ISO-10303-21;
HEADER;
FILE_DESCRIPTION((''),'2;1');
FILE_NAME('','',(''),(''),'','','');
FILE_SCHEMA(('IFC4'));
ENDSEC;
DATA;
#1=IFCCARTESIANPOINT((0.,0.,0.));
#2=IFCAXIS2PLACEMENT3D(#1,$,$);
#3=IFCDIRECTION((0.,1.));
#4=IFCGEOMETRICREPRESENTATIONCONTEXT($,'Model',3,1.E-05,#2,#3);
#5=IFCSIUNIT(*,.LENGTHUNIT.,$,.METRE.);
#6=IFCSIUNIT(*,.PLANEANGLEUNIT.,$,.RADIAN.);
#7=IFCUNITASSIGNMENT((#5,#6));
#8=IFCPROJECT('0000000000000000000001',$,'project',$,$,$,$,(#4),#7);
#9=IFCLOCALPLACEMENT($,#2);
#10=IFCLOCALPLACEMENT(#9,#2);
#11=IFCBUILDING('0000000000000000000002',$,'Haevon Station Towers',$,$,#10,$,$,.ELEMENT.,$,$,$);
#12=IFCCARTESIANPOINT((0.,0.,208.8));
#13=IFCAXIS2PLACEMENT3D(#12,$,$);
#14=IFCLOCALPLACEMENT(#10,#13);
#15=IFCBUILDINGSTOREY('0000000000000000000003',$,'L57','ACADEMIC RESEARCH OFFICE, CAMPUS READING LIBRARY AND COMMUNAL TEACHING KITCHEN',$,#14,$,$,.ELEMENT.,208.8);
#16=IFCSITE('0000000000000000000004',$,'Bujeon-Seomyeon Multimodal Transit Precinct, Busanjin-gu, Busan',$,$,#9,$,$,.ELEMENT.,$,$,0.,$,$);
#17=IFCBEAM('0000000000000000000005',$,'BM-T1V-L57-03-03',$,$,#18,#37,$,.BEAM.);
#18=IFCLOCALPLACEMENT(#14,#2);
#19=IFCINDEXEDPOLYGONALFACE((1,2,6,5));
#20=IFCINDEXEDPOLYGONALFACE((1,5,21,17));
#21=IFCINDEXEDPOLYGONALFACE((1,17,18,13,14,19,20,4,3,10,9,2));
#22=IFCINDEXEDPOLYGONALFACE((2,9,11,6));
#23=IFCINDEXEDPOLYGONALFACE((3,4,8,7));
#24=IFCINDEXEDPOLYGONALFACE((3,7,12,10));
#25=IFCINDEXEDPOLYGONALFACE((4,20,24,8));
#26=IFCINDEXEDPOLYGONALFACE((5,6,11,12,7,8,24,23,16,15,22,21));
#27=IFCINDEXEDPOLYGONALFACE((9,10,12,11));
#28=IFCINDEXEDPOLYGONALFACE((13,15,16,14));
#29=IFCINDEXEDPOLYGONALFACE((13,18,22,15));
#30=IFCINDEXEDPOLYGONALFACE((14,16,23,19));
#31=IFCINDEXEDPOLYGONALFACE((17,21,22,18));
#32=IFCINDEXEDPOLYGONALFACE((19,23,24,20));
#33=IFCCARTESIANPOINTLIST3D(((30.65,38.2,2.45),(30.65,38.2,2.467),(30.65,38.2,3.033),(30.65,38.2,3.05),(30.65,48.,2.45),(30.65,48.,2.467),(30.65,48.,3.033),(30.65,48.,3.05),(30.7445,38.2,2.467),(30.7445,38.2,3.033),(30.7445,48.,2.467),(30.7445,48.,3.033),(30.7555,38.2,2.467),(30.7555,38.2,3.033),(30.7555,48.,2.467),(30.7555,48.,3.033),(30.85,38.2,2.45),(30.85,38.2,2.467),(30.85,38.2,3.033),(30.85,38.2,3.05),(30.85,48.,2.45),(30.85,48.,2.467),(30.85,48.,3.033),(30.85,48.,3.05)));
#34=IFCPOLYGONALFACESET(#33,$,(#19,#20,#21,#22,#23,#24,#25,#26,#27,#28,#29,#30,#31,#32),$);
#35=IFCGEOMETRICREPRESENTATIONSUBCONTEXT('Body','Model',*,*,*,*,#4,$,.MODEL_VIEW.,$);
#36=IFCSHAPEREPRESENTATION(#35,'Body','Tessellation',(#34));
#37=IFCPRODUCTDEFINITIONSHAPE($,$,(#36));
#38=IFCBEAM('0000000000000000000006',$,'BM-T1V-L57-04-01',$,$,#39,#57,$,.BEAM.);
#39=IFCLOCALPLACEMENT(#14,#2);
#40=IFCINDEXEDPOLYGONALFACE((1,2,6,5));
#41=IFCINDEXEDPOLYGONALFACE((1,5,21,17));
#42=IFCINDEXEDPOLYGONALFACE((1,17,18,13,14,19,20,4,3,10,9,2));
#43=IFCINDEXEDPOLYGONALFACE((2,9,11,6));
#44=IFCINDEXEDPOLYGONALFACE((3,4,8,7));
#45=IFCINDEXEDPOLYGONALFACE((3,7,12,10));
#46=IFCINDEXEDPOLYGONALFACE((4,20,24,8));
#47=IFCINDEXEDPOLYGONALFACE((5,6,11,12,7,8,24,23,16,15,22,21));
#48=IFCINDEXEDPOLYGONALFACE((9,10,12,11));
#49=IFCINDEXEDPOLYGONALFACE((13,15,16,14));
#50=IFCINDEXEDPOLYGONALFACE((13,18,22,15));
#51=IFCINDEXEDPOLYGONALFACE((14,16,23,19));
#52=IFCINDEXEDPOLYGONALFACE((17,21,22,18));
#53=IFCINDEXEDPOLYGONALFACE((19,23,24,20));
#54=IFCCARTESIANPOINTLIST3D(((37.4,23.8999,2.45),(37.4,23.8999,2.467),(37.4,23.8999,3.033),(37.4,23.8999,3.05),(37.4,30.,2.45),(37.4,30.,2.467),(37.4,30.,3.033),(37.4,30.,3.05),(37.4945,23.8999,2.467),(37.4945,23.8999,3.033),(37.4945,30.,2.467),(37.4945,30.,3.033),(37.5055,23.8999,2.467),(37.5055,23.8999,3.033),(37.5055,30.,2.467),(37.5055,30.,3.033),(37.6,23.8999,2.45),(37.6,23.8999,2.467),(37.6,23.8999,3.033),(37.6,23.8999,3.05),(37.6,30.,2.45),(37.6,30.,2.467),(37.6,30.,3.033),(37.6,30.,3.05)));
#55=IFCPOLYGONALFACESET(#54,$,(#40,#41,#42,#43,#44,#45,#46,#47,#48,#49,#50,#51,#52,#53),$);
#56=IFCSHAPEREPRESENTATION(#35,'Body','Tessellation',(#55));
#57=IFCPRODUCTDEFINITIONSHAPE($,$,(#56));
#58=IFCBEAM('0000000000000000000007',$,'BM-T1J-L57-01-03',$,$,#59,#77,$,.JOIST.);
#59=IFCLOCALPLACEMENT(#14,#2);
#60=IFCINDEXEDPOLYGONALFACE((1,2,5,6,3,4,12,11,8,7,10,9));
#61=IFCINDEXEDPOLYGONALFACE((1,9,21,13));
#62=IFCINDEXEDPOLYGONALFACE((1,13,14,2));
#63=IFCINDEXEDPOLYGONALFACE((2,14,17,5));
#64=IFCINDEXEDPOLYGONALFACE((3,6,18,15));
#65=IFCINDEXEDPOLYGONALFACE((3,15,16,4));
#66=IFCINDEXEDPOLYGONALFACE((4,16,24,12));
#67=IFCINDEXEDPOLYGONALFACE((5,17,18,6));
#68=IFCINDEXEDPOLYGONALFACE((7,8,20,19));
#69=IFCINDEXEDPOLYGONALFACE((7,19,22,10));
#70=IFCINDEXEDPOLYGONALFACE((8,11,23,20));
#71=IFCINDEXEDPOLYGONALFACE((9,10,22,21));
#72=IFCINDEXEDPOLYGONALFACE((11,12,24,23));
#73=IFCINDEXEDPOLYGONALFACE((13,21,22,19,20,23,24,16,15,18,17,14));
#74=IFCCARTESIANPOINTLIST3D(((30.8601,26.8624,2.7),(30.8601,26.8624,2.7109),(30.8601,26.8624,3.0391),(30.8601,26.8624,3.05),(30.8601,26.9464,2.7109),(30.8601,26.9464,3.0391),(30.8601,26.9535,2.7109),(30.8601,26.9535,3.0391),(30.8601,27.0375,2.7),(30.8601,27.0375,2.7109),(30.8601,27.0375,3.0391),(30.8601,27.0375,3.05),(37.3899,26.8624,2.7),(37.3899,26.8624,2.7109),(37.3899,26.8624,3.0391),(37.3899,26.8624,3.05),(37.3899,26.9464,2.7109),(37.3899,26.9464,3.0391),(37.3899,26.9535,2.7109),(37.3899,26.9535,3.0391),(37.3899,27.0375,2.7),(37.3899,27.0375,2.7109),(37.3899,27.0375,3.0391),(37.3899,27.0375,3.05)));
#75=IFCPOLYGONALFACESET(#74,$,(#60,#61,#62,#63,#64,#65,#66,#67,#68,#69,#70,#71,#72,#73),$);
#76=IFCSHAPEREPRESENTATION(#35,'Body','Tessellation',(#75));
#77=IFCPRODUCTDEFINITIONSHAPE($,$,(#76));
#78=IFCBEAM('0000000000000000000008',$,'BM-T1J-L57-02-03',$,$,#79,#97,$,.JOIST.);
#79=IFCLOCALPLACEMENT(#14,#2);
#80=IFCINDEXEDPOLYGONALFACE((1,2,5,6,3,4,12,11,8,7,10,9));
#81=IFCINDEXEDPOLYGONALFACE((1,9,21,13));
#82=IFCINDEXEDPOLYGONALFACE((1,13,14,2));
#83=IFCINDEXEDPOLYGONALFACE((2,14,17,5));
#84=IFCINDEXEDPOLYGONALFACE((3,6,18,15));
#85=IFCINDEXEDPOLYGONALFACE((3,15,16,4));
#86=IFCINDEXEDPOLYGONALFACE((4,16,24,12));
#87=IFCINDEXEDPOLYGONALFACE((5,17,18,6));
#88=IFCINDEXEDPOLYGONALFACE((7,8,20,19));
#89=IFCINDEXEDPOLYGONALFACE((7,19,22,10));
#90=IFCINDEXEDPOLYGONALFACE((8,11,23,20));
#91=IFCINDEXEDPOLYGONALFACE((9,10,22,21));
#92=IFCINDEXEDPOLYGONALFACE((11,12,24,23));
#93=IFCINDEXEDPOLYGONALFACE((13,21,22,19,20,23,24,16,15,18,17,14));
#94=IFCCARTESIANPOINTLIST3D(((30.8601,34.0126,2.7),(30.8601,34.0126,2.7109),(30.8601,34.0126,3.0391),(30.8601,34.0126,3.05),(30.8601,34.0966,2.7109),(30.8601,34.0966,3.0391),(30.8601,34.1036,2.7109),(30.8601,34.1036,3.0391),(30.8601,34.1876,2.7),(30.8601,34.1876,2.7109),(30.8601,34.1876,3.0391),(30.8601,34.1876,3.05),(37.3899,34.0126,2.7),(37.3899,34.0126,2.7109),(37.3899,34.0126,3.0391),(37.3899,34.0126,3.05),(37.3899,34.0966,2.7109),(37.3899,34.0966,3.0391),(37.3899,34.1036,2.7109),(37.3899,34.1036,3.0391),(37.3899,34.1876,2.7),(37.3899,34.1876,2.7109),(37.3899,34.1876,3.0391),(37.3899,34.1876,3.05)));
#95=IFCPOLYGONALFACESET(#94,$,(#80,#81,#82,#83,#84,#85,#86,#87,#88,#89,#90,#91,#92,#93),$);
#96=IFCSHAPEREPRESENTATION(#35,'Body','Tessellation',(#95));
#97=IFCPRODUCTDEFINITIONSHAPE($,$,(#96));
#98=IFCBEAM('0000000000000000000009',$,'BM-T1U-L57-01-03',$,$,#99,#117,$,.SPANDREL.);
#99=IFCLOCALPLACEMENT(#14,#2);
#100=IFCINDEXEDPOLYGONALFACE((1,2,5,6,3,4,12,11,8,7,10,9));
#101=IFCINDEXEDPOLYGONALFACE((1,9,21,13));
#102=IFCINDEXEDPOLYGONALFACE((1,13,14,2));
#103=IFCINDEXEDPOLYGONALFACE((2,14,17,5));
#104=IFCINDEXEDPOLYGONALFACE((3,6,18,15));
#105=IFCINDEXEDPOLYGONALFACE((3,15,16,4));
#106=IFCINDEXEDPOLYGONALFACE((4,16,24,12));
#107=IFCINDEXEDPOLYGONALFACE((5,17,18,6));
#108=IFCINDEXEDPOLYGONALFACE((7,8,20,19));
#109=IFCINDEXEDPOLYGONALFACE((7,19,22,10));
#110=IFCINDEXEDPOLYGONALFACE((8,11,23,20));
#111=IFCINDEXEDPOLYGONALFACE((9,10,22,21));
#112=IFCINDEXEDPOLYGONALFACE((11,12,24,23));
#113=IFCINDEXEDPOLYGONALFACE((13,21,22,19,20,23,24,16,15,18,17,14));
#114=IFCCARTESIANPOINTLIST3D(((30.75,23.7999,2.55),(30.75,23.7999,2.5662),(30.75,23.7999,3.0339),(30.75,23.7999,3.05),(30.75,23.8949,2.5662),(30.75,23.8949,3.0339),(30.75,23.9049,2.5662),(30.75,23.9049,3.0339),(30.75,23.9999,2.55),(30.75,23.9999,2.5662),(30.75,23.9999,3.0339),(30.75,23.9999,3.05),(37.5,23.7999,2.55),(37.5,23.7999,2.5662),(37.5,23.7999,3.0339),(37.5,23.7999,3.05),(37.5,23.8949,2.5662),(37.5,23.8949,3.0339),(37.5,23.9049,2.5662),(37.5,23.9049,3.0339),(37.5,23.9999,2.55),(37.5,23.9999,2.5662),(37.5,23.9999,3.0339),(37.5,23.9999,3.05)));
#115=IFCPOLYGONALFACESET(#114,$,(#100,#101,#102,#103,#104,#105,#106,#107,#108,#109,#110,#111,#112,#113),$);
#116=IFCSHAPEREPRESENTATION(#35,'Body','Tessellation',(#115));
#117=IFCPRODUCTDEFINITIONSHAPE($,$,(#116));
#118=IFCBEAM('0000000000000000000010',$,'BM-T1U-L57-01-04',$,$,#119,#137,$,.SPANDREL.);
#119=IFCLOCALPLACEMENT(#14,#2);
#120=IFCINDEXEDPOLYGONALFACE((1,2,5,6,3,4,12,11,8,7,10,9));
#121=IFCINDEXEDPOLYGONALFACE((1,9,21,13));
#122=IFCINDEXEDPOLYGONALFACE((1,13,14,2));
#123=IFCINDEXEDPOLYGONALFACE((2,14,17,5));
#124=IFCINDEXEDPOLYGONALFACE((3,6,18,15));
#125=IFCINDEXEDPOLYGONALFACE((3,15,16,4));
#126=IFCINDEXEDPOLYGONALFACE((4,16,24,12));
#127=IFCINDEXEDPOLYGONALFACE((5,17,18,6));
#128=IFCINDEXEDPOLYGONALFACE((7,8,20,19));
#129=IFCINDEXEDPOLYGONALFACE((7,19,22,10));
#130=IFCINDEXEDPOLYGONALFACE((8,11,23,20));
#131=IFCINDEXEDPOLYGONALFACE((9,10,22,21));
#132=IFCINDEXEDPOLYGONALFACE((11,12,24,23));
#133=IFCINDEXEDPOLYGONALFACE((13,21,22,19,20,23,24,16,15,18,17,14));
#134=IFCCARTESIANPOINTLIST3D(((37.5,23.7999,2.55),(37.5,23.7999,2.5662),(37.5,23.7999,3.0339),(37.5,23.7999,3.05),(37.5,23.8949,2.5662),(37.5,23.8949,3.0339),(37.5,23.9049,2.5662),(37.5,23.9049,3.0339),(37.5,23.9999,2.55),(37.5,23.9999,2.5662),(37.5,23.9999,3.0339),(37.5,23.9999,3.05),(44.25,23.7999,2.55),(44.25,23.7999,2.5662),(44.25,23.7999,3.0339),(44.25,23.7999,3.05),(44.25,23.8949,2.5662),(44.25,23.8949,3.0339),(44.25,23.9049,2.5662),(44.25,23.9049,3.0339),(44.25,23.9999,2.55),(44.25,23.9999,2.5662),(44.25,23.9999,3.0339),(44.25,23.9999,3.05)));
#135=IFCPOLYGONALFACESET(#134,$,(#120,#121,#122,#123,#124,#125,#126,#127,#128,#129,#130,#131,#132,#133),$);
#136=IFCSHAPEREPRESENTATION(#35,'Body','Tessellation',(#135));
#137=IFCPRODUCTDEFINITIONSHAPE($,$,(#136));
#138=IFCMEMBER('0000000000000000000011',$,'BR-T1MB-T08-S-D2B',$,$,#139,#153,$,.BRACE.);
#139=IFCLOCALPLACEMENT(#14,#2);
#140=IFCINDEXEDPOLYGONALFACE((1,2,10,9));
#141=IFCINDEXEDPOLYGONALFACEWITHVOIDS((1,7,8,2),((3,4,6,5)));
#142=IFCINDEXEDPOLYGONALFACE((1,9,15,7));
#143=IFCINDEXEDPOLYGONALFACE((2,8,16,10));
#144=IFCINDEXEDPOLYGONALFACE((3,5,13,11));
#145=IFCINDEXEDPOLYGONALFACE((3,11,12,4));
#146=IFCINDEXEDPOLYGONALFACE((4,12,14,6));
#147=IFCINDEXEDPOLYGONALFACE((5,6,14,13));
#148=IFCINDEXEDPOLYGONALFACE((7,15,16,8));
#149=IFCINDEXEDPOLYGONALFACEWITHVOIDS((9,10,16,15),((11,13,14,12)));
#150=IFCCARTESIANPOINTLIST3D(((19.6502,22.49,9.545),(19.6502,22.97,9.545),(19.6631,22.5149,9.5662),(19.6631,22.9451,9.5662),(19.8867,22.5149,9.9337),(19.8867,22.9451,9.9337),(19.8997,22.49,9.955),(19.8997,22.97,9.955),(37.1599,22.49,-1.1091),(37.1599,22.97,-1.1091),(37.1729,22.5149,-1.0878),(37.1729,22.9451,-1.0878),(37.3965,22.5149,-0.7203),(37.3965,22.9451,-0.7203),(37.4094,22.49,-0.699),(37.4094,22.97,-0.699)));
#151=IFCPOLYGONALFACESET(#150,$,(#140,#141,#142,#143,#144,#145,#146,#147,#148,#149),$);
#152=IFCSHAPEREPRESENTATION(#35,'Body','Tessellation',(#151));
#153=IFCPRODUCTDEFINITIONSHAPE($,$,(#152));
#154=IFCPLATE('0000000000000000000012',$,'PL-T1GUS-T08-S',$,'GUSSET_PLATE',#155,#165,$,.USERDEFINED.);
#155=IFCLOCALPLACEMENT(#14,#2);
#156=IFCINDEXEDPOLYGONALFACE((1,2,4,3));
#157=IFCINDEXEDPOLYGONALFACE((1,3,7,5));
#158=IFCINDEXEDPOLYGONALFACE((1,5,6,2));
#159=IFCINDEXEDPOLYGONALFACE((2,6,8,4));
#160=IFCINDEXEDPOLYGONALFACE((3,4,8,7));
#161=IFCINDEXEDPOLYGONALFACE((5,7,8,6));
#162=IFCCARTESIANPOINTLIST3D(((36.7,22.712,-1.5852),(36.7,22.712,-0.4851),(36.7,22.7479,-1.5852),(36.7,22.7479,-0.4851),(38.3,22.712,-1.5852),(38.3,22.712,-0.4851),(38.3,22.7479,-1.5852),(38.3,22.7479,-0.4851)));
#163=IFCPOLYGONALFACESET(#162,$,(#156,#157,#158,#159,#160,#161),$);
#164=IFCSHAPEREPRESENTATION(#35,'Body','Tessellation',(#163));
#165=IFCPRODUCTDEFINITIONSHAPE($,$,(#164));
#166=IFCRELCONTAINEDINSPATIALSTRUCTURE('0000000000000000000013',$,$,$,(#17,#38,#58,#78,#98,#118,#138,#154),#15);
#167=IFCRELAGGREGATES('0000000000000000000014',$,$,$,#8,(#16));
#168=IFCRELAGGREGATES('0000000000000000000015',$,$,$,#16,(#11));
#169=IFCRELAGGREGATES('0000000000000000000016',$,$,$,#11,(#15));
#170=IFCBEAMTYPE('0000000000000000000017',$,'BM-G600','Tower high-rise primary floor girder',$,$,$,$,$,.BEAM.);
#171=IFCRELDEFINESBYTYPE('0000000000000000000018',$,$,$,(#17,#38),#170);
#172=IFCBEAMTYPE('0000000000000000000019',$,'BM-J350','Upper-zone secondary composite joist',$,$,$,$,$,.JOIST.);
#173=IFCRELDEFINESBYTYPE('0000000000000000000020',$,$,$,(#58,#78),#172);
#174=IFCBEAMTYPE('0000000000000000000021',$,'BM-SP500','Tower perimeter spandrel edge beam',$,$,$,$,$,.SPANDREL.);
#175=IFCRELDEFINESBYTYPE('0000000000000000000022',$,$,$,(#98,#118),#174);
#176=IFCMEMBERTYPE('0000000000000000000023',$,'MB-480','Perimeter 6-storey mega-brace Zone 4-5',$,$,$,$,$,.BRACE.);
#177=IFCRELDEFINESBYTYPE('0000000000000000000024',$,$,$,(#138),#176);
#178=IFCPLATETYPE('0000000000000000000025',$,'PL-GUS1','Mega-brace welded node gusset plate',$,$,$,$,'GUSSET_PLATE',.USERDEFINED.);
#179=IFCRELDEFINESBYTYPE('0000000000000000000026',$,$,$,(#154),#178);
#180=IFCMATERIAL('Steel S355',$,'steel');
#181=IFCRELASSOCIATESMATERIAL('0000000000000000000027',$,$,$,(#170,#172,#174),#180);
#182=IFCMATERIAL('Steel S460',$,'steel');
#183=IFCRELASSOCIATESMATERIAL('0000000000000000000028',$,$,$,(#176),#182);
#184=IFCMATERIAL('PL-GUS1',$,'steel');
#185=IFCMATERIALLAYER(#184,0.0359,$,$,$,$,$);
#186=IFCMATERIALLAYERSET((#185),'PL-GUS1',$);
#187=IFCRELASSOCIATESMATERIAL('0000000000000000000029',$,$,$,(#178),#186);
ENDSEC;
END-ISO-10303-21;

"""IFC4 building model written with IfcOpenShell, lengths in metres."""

from ifc_helpers import new_model, si_unit, direction, frame, origin, origin_2d, place, context, subcontext, project, spatial, rectangle, hollow_rectangle, i_section, extrude, material, layer, layer_set, material_profile, profile_set, type_object, element, save


model = new_model("IFC4")

# Units and contexts
model_context = context("Model", 3, precision=1e-05, world=origin(), true_north=direction((0.0, 1.0)))
body_context = subcontext(model_context, "Body", "Model", "MODEL_VIEW")
ifc_project = project(units=[si_unit("LENGTHUNIT", "METRE"), si_unit("PLANEANGLEUNIT", "RADIAN")], contexts=[model_context])

# Site, building, storey
site_placement = place(None, origin())
site = spatial("IfcSite", under=ifc_project, at=site_placement, Name="Bujeon-Seomyeon Multimodal Transit Precinct, Busanjin-gu, Busan", CompositionType="ELEMENT", RefElevation=0.0)
building_placement = place(site_placement, origin())
building = spatial("IfcBuilding", under=site, at=building_placement, Name="Haevon Station Towers", CompositionType="ELEMENT")
storey_placement = place(building_placement, frame((0.0, 0.0, 208.8)))
storey = spatial("IfcBuildingStorey", under=building, at=storey_placement, Name="L57", Description="ACADEMIC RESEARCH OFFICE, CAMPUS READING LIBRARY AND COMMUNAL TEACHING KITCHEN", CompositionType="ELEMENT", Elevation=208.8)

# Shared definitions
ifc_material_1 = material(Name="Steel S355", Category="steel")

# Beams
ifc_material_profile_1 = material_profile(ifc_material_1, i_section(OverallWidth=0.2, OverallDepth=0.6001, WebThickness=0.011, FlangeThickness=0.0171, at=origin_2d()), Name="H-600x200x11x17")
ifc_profile_set_1 = profile_set([ifc_material_profile_1], Name="Steel S355")
beam_type_1 = type_object("IfcBeamType", Name="BM-G600", Description="Tower high-rise primary floor girder", PredefinedType="BEAM", material=ifc_profile_set_1)
beam_1_placement = place(storey_placement, frame((30.75, 38.2, 2.75), z_axis=(0.0, 1.0, 0.0), x_axis=(-1.0, 0.0, 0.0)))
element("IfcBeam", 1, at=beam_1_placement, inside=storey, type_object=beam_type_1, Name="BM-T1V-L57-03-03", PredefinedType="BEAM", context=body_context, shape_type="SweptSolid", body=[
    extrude(i_section(OverallWidth=0.2, OverallDepth=0.6001, WebThickness=0.011, FlangeThickness=0.0171, at=origin_2d()), origin(), (0.0, 0.0, 1.0), 9.8),
])
beam_2_placement = place(storey_placement, frame((37.5, 23.8999, 2.75), z_axis=(0.0, 1.0, 0.0), x_axis=(-1.0, 0.0, 0.0)))
element("IfcBeam", 2, at=beam_2_placement, inside=storey, type_object=beam_type_1, Name="BM-T1V-L57-04-01", PredefinedType="BEAM", context=body_context, shape_type="SweptSolid", body=[
    extrude(i_section(OverallWidth=0.2, OverallDepth=0.6001, WebThickness=0.011, FlangeThickness=0.0171, at=origin_2d()), origin(), (0.0, 0.0, 1.0), 6.1001),
])
ifc_material_profile_2 = material_profile(ifc_material_1, i_section(OverallWidth=0.175, OverallDepth=0.3501, WebThickness=0.0071, FlangeThickness=0.011, at=origin_2d()), Name="H-350x175x7x11")
ifc_profile_set_2 = profile_set([ifc_material_profile_2], Name="Steel S355")
beam_type_2 = type_object("IfcBeamType", Name="BM-J350", Description="Upper-zone secondary composite joist", PredefinedType="JOIST", material=ifc_profile_set_2)
for number, where, z_axis, x_axis, name in (
    (3, (30.8601, 26.95, 2.875), (1.0, 0.0, 0.0), (0.0, 1.0, 0.0), "BM-T1J-L57-01-03"),
    (4, (30.8601, 34.1001, 2.875), (1.0, 0.0, 0.0), (0.0, 1.0, 0.0), "BM-T1J-L57-02-03"),
):
    element("IfcBeam", number, at=place(storey_placement, frame(where, z_axis=z_axis, x_axis=x_axis)), inside=storey, type_object=beam_type_2, Name=name, PredefinedType="JOIST", context=body_context, shape_type="SweptSolid", body=[
        extrude(i_section(OverallWidth=0.175, OverallDepth=0.3501, WebThickness=0.0071, FlangeThickness=0.011, at=origin_2d()), origin(), (0.0, 0.0, 1.0), 6.5298),
    ])
ifc_material_profile_3 = material_profile(ifc_material_1, i_section(OverallWidth=0.2, OverallDepth=0.5, WebThickness=0.01, FlangeThickness=0.0161, at=origin_2d()), Name="H-500x200x10x16")
ifc_profile_set_3 = profile_set([ifc_material_profile_3], Name="Steel S355")
beam_type_3 = type_object("IfcBeamType", Name="BM-SP500", Description="Tower perimeter spandrel edge beam", PredefinedType="SPANDREL", material=ifc_profile_set_3)
for number, where, z_axis, x_axis, name in (
    (5, (30.75, 23.8999, 2.8), (1.0, 0.0, 0.0), (0.0, 1.0, 0.0), "BM-T1U-L57-01-03"),
    (6, (37.5, 23.8999, 2.8), (1.0, 0.0, 0.0), (0.0, 1.0, 0.0), "BM-T1U-L57-01-04"),
):
    element("IfcBeam", number, at=place(storey_placement, frame(where, z_axis=z_axis, x_axis=x_axis)), inside=storey, type_object=beam_type_3, Name=name, PredefinedType="SPANDREL", context=body_context, shape_type="SweptSolid", body=[
        extrude(i_section(OverallWidth=0.2, OverallDepth=0.5, WebThickness=0.01, FlangeThickness=0.0161, at=origin_2d()), origin(), (0.0, 0.0, 1.0), 6.75),
    ])

# Member
ifc_material_2 = material(Name="Steel S460", Category="steel")
ifc_material_profile_4 = material_profile(ifc_material_2, hollow_rectangle(XDim=0.48, YDim=0.48, WallThickness=0.0249, at=origin_2d()), Name="RHS-480x480x25")
ifc_profile_set_4 = profile_set([ifc_material_profile_4], Name="Steel S460")
member_type = type_object("IfcMemberType", Name="MB-480", Description="Perimeter 6-storey mega-brace Zone 4-5", PredefinedType="BRACE", material=ifc_profile_set_4)
member_placement = place(storey_placement, frame((37.2847, 22.73, -0.9041), z_axis=(-0.854287, 0.0, 0.519802), x_axis=(0.0, -1.0, 0.0)))
element("IfcMember", 7, at=member_placement, inside=storey, type_object=member_type, Name="BR-T1MB-T08-S-D2B", PredefinedType="BRACE", context=body_context, shape_type="SweptSolid", body=[
    extrude(hollow_rectangle(XDim=0.48, YDim=0.48, WallThickness=0.0249, at=origin_2d()), origin(), (0.0, 0.0, 1.0), 20.4963),
])

# Plate
ifc_material_3 = material(Name="PL-GUS1", Category="steel")
ifc_layer_1 = layer(ifc_material_3, 0.0359)
ifc_layer_set_1 = layer_set([ifc_layer_1], Name="PL-GUS1")
plate_type = type_object("IfcPlateType", Name="PL-GUS1", Description="Mega-brace welded node gusset plate", ElementType="GUSSET_PLATE", PredefinedType="USERDEFINED", material=ifc_layer_set_1)
plate_placement = place(storey_placement, frame((37.5, 22.73, -1.5852), z_axis=(0.0, 0.0, 1.0), x_axis=(1.0, 0.0, 0.0)))
element("IfcPlate", 8, at=plate_placement, inside=storey, type_object=plate_type, Name="PL-T1GUS-T08-S", ObjectType="GUSSET_PLATE", PredefinedType="USERDEFINED", context=body_context, shape_type="SweptSolid", body=[
    extrude(rectangle(XDim=1.6001, YDim=0.0359, at=origin_2d()), origin(), (0.0, 0.0, 1.0), 1.1001),
])

save(model, "model.ifc")
